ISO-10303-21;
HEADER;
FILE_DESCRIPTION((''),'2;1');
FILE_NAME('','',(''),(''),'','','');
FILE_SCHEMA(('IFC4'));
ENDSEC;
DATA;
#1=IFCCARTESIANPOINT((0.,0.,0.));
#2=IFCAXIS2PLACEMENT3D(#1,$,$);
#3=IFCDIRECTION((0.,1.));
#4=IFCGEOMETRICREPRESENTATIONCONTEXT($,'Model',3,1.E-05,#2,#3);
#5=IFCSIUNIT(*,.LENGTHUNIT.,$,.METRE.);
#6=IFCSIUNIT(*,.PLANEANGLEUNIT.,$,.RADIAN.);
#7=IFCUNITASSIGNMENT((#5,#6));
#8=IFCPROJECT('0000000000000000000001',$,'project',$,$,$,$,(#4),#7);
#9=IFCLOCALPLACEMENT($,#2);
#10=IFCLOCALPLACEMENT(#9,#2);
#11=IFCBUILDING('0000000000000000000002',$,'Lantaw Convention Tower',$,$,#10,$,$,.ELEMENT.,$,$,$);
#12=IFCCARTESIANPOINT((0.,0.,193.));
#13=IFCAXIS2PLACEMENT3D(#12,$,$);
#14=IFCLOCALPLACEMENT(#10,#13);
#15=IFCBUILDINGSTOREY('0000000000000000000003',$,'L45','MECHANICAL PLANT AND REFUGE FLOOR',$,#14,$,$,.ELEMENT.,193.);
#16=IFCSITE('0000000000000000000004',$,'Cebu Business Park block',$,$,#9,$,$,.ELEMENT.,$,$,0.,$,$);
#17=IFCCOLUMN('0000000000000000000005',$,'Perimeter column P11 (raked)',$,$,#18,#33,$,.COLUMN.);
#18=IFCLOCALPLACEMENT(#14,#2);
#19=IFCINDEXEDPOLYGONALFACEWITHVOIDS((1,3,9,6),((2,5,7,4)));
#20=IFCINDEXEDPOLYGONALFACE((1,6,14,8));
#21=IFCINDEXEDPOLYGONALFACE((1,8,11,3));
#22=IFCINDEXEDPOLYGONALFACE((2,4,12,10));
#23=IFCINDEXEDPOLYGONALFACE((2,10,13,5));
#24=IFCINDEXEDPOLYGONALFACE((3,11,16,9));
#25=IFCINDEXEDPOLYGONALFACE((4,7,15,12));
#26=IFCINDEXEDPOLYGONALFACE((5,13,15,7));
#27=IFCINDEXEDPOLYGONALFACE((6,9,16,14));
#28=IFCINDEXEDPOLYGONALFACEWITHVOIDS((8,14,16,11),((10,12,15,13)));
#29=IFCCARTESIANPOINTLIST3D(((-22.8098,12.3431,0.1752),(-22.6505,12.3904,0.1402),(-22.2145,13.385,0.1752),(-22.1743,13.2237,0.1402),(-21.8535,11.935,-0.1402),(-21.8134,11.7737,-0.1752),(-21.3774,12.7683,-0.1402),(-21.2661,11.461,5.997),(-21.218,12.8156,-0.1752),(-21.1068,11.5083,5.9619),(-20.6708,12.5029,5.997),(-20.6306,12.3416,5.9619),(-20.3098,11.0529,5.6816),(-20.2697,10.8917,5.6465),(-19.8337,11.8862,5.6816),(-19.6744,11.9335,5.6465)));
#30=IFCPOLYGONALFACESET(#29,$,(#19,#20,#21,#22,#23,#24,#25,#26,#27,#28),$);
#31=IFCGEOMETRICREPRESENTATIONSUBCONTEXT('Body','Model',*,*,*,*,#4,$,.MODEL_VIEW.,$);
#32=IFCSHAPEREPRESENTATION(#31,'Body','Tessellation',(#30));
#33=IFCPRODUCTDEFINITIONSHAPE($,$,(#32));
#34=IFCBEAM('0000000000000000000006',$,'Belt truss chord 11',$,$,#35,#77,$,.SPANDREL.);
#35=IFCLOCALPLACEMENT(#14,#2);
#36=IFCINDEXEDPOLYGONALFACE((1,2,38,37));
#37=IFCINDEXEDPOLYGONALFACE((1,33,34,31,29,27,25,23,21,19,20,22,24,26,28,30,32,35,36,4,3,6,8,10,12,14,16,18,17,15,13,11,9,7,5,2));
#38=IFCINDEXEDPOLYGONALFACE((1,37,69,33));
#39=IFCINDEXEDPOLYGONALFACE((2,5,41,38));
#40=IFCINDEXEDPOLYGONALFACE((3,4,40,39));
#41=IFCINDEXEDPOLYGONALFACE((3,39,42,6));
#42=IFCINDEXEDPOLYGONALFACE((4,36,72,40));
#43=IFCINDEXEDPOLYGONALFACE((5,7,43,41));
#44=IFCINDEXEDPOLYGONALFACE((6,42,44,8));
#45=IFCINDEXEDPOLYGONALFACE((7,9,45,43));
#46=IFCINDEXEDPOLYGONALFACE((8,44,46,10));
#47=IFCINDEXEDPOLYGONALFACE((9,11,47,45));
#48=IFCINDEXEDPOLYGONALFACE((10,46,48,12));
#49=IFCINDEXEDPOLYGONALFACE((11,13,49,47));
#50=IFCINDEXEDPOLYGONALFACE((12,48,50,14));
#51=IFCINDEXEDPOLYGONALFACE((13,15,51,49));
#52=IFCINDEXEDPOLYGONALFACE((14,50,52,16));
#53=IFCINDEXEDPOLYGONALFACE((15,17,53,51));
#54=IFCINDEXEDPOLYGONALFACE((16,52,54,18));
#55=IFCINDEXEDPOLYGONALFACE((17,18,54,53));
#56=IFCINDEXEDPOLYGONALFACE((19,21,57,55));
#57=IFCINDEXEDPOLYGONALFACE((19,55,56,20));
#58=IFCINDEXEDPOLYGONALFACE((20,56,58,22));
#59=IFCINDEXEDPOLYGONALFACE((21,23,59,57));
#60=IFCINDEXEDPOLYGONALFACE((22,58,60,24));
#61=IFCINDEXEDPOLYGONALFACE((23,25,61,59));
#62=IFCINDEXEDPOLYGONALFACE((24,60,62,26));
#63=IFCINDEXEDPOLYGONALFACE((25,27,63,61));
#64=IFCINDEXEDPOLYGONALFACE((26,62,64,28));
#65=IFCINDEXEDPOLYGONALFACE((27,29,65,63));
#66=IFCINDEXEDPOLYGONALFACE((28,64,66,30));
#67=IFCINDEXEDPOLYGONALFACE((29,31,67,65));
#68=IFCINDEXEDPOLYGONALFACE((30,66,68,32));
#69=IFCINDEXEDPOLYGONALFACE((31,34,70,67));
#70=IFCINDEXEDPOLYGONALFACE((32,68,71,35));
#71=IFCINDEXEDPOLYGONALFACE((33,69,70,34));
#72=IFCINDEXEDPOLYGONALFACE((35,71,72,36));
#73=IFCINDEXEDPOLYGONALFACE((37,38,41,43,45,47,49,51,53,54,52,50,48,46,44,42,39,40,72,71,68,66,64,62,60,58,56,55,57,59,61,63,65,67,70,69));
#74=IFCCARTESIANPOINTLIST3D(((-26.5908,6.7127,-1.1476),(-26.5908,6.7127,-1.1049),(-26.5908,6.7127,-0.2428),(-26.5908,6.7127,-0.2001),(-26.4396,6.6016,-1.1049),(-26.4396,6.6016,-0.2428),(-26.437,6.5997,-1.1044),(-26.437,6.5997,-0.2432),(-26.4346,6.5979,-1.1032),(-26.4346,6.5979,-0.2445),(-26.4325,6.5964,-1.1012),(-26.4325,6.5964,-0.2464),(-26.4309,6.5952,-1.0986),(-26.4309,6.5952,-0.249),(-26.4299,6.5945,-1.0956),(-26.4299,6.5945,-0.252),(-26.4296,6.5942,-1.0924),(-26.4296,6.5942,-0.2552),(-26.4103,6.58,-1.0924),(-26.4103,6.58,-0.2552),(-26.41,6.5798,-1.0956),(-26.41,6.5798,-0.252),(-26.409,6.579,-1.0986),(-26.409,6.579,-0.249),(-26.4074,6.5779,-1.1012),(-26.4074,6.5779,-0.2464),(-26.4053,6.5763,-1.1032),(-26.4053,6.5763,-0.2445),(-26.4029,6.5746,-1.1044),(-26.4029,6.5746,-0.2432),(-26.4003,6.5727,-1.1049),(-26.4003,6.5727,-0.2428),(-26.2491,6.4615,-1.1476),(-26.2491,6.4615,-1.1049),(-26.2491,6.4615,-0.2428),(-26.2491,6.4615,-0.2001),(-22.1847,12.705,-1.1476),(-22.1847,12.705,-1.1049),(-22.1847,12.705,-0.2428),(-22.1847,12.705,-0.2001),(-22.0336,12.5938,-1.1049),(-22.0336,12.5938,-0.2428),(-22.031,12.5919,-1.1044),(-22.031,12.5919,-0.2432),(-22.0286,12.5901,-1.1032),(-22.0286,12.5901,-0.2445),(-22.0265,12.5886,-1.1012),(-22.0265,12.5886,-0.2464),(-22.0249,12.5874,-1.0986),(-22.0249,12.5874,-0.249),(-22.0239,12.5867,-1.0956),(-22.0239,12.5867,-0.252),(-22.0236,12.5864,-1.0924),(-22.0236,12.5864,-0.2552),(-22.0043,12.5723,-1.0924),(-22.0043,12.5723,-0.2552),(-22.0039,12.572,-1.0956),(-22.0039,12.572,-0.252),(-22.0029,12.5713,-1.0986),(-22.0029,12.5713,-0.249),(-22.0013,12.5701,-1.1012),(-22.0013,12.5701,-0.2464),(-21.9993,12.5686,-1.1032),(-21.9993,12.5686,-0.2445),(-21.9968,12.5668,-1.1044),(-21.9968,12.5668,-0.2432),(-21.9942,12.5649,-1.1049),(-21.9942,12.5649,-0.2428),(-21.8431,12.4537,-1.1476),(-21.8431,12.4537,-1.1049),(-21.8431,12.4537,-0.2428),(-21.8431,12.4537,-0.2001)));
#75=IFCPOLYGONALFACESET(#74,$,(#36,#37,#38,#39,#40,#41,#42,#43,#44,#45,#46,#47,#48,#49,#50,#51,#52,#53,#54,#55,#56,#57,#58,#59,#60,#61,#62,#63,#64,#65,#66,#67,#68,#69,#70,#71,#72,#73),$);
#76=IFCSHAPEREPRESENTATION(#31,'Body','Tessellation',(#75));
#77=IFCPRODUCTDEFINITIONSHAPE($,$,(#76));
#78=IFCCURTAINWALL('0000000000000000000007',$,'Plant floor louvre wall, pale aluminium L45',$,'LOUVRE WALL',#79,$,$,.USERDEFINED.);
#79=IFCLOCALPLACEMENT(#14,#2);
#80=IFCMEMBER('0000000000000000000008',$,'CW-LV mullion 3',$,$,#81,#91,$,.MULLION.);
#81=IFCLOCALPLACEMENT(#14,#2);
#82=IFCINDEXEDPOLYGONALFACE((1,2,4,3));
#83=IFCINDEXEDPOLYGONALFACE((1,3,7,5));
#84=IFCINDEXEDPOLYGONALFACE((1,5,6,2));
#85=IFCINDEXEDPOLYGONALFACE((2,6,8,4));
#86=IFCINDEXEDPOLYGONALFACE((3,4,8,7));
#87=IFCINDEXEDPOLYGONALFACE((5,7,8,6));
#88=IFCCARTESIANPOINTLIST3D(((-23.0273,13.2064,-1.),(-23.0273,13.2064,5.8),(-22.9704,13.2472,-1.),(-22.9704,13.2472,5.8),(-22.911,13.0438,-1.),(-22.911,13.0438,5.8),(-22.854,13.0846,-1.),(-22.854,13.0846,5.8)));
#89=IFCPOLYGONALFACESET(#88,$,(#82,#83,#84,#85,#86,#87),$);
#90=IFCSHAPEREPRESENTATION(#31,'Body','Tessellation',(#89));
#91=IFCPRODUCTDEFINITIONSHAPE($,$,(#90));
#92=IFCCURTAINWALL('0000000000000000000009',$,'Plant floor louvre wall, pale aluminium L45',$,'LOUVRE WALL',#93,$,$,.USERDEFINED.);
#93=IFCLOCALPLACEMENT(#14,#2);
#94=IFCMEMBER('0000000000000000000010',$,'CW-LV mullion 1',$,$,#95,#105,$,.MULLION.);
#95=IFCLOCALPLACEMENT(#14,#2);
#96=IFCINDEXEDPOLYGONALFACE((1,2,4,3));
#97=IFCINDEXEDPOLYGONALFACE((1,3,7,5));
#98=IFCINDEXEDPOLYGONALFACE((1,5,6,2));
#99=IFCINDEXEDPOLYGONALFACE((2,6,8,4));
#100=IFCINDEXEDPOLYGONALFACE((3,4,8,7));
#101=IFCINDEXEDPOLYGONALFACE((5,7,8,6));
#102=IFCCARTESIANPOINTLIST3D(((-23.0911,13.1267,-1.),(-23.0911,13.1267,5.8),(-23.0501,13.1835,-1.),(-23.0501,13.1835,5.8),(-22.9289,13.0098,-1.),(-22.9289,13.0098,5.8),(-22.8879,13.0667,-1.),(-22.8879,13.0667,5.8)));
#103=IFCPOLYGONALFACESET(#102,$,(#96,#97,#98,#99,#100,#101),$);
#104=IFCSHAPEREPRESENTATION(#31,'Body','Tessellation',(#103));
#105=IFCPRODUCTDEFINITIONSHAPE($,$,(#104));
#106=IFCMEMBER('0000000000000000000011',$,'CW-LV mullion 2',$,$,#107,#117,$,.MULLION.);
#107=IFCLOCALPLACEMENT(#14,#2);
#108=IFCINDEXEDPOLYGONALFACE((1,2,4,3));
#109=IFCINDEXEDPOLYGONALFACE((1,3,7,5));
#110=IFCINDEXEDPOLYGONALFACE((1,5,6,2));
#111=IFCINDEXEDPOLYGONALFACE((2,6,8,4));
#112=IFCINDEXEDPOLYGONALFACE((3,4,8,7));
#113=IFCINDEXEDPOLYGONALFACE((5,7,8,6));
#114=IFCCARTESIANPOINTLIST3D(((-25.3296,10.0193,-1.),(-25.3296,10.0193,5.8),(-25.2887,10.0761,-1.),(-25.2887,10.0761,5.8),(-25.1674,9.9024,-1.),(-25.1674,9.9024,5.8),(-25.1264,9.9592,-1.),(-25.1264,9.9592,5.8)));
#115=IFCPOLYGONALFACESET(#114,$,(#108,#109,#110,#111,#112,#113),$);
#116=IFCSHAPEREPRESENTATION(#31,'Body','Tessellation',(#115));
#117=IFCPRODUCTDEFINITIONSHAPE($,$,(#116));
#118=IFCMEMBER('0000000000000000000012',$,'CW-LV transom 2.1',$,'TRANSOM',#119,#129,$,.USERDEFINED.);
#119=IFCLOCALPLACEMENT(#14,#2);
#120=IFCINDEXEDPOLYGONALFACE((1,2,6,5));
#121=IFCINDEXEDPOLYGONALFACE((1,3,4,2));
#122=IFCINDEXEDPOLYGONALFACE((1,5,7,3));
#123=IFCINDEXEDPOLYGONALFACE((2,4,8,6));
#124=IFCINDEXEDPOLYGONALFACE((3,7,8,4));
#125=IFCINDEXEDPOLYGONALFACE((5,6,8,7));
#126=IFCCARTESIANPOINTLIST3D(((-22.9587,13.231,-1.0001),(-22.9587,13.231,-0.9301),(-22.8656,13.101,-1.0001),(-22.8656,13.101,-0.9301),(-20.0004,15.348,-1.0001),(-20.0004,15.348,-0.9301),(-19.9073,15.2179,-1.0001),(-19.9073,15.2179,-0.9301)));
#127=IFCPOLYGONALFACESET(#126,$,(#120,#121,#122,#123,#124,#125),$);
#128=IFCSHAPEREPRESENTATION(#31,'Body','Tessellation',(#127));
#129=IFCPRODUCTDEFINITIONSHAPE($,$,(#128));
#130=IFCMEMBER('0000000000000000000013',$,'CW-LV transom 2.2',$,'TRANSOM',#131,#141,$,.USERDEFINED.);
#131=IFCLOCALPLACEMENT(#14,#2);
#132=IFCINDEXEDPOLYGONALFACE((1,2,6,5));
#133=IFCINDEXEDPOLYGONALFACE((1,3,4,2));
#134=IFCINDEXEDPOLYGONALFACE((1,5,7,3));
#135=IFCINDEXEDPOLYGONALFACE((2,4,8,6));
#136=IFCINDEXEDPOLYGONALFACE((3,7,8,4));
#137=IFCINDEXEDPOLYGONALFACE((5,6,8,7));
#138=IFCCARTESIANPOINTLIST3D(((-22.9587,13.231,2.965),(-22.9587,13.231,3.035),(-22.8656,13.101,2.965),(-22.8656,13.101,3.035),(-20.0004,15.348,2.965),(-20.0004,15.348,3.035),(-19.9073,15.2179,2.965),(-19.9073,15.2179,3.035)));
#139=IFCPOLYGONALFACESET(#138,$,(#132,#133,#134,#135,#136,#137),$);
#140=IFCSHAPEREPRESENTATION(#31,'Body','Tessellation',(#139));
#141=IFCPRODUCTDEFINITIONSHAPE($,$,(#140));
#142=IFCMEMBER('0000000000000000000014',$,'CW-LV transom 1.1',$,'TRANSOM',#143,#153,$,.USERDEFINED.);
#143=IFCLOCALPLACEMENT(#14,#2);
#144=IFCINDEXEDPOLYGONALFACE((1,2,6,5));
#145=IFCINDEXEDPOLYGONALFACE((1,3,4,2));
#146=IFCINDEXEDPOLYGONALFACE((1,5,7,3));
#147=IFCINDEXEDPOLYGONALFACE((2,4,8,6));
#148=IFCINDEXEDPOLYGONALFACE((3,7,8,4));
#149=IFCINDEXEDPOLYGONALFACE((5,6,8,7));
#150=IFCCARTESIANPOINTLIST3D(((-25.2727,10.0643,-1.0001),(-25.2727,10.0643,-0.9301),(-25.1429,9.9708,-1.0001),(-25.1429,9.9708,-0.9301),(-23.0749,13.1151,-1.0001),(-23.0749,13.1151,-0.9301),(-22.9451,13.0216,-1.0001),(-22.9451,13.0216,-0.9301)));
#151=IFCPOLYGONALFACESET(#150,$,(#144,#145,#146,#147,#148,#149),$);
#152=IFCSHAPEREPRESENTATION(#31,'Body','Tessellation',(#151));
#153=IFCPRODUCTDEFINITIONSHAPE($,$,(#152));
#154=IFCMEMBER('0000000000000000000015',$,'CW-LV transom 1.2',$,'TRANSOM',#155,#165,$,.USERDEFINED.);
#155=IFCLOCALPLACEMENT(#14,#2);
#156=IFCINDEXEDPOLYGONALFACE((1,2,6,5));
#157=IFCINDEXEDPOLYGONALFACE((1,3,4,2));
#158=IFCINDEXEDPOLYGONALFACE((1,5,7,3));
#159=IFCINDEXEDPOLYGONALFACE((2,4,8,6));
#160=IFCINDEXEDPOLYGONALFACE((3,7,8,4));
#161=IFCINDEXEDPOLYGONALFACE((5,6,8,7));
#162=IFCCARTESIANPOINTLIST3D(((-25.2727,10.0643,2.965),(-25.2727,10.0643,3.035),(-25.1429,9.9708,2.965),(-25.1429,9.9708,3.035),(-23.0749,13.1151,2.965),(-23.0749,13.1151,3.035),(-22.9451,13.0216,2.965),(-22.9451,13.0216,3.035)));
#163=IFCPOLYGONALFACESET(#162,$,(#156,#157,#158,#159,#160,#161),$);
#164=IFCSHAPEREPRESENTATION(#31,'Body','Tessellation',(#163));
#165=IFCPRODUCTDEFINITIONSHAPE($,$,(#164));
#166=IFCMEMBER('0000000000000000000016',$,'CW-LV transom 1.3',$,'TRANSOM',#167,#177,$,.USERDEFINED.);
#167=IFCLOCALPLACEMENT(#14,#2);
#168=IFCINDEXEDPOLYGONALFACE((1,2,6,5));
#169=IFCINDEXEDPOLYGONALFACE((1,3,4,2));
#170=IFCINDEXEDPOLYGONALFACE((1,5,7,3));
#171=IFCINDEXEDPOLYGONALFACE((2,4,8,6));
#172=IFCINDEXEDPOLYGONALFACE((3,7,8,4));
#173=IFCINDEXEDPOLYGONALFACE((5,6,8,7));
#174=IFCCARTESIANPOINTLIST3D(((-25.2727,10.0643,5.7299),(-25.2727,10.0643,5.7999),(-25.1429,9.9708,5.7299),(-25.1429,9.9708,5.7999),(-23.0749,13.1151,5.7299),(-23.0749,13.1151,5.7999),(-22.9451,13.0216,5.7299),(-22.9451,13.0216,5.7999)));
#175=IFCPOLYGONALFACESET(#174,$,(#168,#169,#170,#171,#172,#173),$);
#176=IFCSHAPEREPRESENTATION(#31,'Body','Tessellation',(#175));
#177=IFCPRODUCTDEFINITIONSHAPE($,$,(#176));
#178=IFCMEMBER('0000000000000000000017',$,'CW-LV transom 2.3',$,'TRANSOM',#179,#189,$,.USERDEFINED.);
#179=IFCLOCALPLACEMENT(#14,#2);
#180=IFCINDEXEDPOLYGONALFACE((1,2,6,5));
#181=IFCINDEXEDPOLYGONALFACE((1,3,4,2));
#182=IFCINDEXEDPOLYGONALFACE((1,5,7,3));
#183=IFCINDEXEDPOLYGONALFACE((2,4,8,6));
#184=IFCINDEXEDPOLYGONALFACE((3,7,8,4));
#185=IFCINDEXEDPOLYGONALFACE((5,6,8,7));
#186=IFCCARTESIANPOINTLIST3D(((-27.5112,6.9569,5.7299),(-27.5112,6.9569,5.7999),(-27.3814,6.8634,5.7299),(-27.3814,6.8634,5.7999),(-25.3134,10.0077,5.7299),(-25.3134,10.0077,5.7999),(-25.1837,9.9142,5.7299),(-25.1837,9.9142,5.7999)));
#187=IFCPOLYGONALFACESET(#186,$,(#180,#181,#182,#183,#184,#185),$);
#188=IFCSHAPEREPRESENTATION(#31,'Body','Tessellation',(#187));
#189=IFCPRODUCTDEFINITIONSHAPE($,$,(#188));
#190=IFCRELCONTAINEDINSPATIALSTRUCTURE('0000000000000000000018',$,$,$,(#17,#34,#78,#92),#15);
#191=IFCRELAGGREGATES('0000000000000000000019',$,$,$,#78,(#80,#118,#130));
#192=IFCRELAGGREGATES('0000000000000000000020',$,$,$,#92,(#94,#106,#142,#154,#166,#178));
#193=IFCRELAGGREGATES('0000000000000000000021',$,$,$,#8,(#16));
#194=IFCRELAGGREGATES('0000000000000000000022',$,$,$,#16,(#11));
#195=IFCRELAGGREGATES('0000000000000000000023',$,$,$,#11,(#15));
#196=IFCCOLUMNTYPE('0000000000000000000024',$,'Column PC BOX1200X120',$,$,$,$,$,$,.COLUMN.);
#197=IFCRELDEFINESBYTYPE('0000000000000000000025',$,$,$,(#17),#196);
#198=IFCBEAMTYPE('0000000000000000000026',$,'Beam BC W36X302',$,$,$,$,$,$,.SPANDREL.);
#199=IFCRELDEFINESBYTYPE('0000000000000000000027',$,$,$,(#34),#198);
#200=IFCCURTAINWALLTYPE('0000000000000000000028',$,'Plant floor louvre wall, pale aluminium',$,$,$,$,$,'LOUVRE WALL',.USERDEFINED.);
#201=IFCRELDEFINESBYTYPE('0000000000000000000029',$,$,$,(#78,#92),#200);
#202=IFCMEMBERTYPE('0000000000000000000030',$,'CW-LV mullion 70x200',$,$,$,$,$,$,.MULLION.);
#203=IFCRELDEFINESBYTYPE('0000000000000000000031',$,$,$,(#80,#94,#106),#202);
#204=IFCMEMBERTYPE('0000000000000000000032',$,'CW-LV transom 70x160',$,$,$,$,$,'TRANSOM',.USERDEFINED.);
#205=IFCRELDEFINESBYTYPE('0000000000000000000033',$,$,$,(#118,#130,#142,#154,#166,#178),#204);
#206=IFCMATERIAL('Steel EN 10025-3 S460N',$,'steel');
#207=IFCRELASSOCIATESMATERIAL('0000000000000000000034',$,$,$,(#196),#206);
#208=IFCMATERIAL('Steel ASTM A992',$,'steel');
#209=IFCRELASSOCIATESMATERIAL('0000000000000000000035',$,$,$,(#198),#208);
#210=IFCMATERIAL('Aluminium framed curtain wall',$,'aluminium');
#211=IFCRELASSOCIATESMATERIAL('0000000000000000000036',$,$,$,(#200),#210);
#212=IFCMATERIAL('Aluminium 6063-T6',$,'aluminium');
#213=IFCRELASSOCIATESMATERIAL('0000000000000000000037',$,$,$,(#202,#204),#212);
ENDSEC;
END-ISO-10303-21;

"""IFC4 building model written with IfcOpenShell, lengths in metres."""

from ifc_helpers import new_model, si_unit, direction, frame, origin, origin_2d, place, context, subcontext, project, spatial, rectangle, hollow_rectangle, i_section, extrude, material, material_profile, profile_set, type_object, element, aggregate, save


model = new_model("IFC4")

# Units and contexts
model_context = context("Model", 3, precision=1e-05, world=origin(), true_north=direction((0.0, 1.0)))
body_context = subcontext(model_context, "Body", "Model", "MODEL_VIEW")
ifc_project = project(units=[si_unit("LENGTHUNIT", "METRE"), si_unit("PLANEANGLEUNIT", "RADIAN")], contexts=[model_context])

# Site, building, storey
site_placement = place(None, origin())
site = spatial("IfcSite", under=ifc_project, at=site_placement, Name="Cebu Business Park block", CompositionType="ELEMENT", RefElevation=0.0)
building_placement = place(site_placement, origin())
building = spatial("IfcBuilding", under=site, at=building_placement, Name="Lantaw Convention Tower", CompositionType="ELEMENT")
storey_placement = place(building_placement, frame((0.0, 0.0, 193.0)))
storey = spatial("IfcBuildingStorey", under=building, at=storey_placement, Name="L45", Description="MECHANICAL PLANT AND REFUGE FLOOR", CompositionType="ELEMENT", Elevation=193.0)

# Column
ifc_material_1 = material(Name="Steel EN 10025-3 S460N", Category="steel")
ifc_material_profile_1 = material_profile(ifc_material_1, hollow_rectangle(XDim=1.2, YDim=1.2, WallThickness=0.1201, at=origin_2d()), Name="BOX1200X120")
ifc_material_2 = material(Name="Concrete C60/75", Category="concrete")
ifc_material_profile_2 = material_profile(ifc_material_2, rectangle(XDim=0.96, YDim=0.96, at=origin_2d()), Name="Concrete fill of BOX1200X120")
ifc_profile_set_1 = profile_set([ifc_material_profile_1, ifc_material_profile_2], Name="Steel EN 10025-3 S460N")
column_type = type_object("IfcColumnType", Name="Column PC BOX1200X120", PredefinedType="COLUMN", material=ifc_profile_set_1)
column_placement = place(storey_placement, frame((-22.0139, 12.5793, 0.0), z_axis=(0.253597, -0.144907, 0.956394), x_axis=(0.496124, 0.868252, 0.0)))
element("IfcColumn", 1, at=column_placement, inside=storey, type_object=column_type, Name="Perimeter column P11 (raked)", PredefinedType="COLUMN", context=body_context, shape_type="SweptSolid", body=[
    extrude(hollow_rectangle(XDim=1.2, YDim=1.2, WallThickness=0.1201, at=origin_2d()), origin(), (0.0, 0.0, 1.0), 6.0872),
])

# Beam
ifc_material_3 = material(Name="Steel ASTM A992", Category="steel")
ifc_material_profile_3 = material_profile(ifc_material_3, i_section(OverallWidth=0.4241, OverallDepth=0.9475, WebThickness=0.0239, FlangeThickness=0.0427, FilletRadius=0.0125, at=origin_2d()), Name="W36X302")
ifc_profile_set_2 = profile_set([ifc_material_profile_3], Name="Steel ASTM A992")
beam_type = type_object("IfcBeamType", Name="Beam BC W36X302", PredefinedType="SPANDREL", material=ifc_profile_set_2)
beam_placement = place(storey_placement, frame((-22.0139, 12.5793, -0.6738), z_axis=(-0.592389, -0.805652, 0.0), x_axis=(0.805652, -0.592389, 0.0)))
element("IfcBeam", 2, at=beam_placement, inside=storey, type_object=beam_type, Name="Belt truss chord 11", PredefinedType="SPANDREL", context=body_context, shape_type="SweptSolid", body=[
    extrude(i_section(OverallWidth=0.4241, OverallDepth=0.9475, WebThickness=0.0239, FlangeThickness=0.0427, FilletRadius=0.0125, at=origin_2d()), origin(), (0.0, 0.0, 1.0), 7.4377),
])

# Curtain wall, member
ifc_material_4 = material(Name="Aluminium framed curtain wall", Category="aluminium")
curtain_wall_type = type_object("IfcCurtainWallType", Name="Plant floor louvre wall, pale aluminium", ElementType="LOUVRE WALL", PredefinedType="USERDEFINED", material=ifc_material_4)
curtain_wall_1_placement = place(storey_placement, origin())
curtain_wall_1 = element("IfcCurtainWall", 3, at=curtain_wall_1_placement, inside=storey, type_object=curtain_wall_type, Name="Plant floor louvre wall, pale aluminium L45", ObjectType="LOUVRE WALL", PredefinedType="USERDEFINED")
ifc_material_5 = material(Name="Aluminium 6063-T6", Category="aluminium")
ifc_material_profile_4 = material_profile(ifc_material_5, rectangle(XDim=0.2, YDim=0.0701, at=origin_2d()), Name="CW-LV mullion 70x200")
ifc_profile_set_3 = profile_set([ifc_material_profile_4], Name="Aluminium 6063-T6")
member_type_1 = type_object("IfcMemberType", Name="CW-LV mullion 70x200", PredefinedType="MULLION", material=ifc_profile_set_3)
member_1_placement = place(storey_placement, frame((-22.9407, 13.1455, -1.0), z_axis=(0.0, 0.0, 1.0), x_axis=(0.581973, -0.813208, 0.0)))
member_1 = element("IfcMember", 4, at=member_1_placement, type_object=member_type_1, Name="CW-LV mullion 3", PredefinedType="MULLION", context=body_context, shape_type="SweptSolid", body=[
    extrude(rectangle(XDim=0.2, YDim=0.0701, at=origin_2d()), origin(), (0.0, 0.0, 1.0), 6.8),
])

# Curtain wall, members
curtain_wall_2_placement = place(storey_placement, origin())
curtain_wall_2 = element("IfcCurtainWall", 5, at=curtain_wall_2_placement, inside=storey, type_object=curtain_wall_type, Name="Plant floor louvre wall, pale aluminium L45", ObjectType="LOUVRE WALL", PredefinedType="USERDEFINED")
member_2_placement = place(storey_placement, frame((-22.9895, 13.0967, -1.0), z_axis=(0.0, 0.0, 1.0), x_axis=(0.811385, -0.584513, 0.0)))
member_2 = element("IfcMember", 6, at=member_2_placement, type_object=member_type_1, Name="CW-LV mullion 1", PredefinedType="MULLION", context=body_context, shape_type="SweptSolid", body=[
    extrude(rectangle(XDim=0.2, YDim=0.0701, at=origin_2d()), origin(), (0.0, 0.0, 1.0), 6.8),
])
member_3_placement = place(storey_placement, frame((-25.228, 9.9893, -1.0), z_axis=(0.0, 0.0, 1.0), x_axis=(0.811385, -0.584513, 0.0)))
member_3 = element("IfcMember", 7, at=member_3_placement, type_object=member_type_1, Name="CW-LV mullion 2", PredefinedType="MULLION", context=body_context, shape_type="SweptSolid", body=[
    extrude(rectangle(XDim=0.2, YDim=0.0701, at=origin_2d()), origin(), (0.0, 0.0, 1.0), 6.8),
])

# Members
ifc_material_profile_5 = material_profile(ifc_material_5, rectangle(XDim=0.1599, YDim=0.0701, at=origin_2d()), Name="CW-LV transom 70x160")
ifc_profile_set_4 = profile_set([ifc_material_profile_5], Name="Aluminium 6063-T6")
member_type_2 = type_object("IfcMemberType", Name="CW-LV transom 70x160", ElementType="TRANSOM", PredefinedType="USERDEFINED", material=ifc_profile_set_4)
member_4_placement = place(storey_placement, frame((-19.9539, 15.283, -0.9651), z_axis=(-0.813225, -0.581949, 0.0), x_axis=(0.581949, -0.813225, 0.0)))
member_4 = element("IfcMember", 8, at=member_4_placement, type_object=member_type_2, Name="CW-LV transom 2.1", ObjectType="TRANSOM", PredefinedType="USERDEFINED", context=body_context, shape_type="SweptSolid", body=[
    extrude(rectangle(XDim=0.1599, YDim=0.0701, at=origin_2d()), origin(), (0.0, 0.0, 1.0), 3.6377),
])
member_5_placement = place(storey_placement, frame((-19.9539, 15.283, 3.0), z_axis=(-0.813225, -0.581949, 0.0), x_axis=(0.581949, -0.813225, 0.0)))
member_5 = element("IfcMember", 9, at=member_5_placement, type_object=member_type_2, Name="CW-LV transom 2.2", ObjectType="TRANSOM", PredefinedType="USERDEFINED", context=body_context, shape_type="SweptSolid", body=[
    extrude(rectangle(XDim=0.1599, YDim=0.0701, at=origin_2d()), origin(), (0.0, 0.0, 1.0), 3.6377),
])
member_6_placement = place(storey_placement, frame((-23.01, 13.0684, -0.9651), z_axis=(-0.584513, -0.811384, 0.0), x_axis=(0.811384, -0.584513, 0.0)))
member_6 = element("IfcMember", 10, at=member_6_placement, type_object=member_type_2, Name="CW-LV transom 1.1", ObjectType="TRANSOM", PredefinedType="USERDEFINED", context=body_context, shape_type="SweptSolid", body=[
    extrude(rectangle(XDim=0.1599, YDim=0.0701, at=origin_2d()), origin(), (0.0, 0.0, 1.0), 3.76),
])
member_7_placement = place(storey_placement, frame((-23.01, 13.0684, 3.0), z_axis=(-0.584513, -0.811384, 0.0), x_axis=(0.811384, -0.584513, 0.0)))
member_7 = element("IfcMember", 11, at=member_7_placement, type_object=member_type_2, Name="CW-LV transom 1.2", ObjectType="TRANSOM", PredefinedType="USERDEFINED", context=body_context, shape_type="SweptSolid", body=[
    extrude(rectangle(XDim=0.1599, YDim=0.0701, at=origin_2d()), origin(), (0.0, 0.0, 1.0), 3.76),
])
member_8_placement = place(storey_placement, frame((-23.01, 13.0684, 5.7649), z_axis=(-0.584513, -0.811384, 0.0), x_axis=(0.811384, -0.584513, 0.0)))
member_8 = element("IfcMember", 12, at=member_8_placement, type_object=member_type_2, Name="CW-LV transom 1.3", ObjectType="TRANSOM", PredefinedType="USERDEFINED", context=body_context, shape_type="SweptSolid", body=[
    extrude(rectangle(XDim=0.1599, YDim=0.0701, at=origin_2d()), origin(), (0.0, 0.0, 1.0), 3.76),
])
member_9_placement = place(storey_placement, frame((-25.2485, 9.9609, 5.7649), z_axis=(-0.584513, -0.811384, 0.0), x_axis=(0.811384, -0.584513, 0.0)))
member_9 = element("IfcMember", 13, at=member_9_placement, type_object=member_type_2, Name="CW-LV transom 2.3", ObjectType="TRANSOM", PredefinedType="USERDEFINED", context=body_context, shape_type="SweptSolid", body=[
    extrude(rectangle(XDim=0.1599, YDim=0.0701, at=origin_2d()), origin(), (0.0, 0.0, 1.0), 3.76),
])

aggregate(curtain_wall_1, [member_1, member_4, member_5])
aggregate(curtain_wall_2, [member_2, member_3, member_6, member_7, member_8, member_9])

save(model, "model.ifc")
